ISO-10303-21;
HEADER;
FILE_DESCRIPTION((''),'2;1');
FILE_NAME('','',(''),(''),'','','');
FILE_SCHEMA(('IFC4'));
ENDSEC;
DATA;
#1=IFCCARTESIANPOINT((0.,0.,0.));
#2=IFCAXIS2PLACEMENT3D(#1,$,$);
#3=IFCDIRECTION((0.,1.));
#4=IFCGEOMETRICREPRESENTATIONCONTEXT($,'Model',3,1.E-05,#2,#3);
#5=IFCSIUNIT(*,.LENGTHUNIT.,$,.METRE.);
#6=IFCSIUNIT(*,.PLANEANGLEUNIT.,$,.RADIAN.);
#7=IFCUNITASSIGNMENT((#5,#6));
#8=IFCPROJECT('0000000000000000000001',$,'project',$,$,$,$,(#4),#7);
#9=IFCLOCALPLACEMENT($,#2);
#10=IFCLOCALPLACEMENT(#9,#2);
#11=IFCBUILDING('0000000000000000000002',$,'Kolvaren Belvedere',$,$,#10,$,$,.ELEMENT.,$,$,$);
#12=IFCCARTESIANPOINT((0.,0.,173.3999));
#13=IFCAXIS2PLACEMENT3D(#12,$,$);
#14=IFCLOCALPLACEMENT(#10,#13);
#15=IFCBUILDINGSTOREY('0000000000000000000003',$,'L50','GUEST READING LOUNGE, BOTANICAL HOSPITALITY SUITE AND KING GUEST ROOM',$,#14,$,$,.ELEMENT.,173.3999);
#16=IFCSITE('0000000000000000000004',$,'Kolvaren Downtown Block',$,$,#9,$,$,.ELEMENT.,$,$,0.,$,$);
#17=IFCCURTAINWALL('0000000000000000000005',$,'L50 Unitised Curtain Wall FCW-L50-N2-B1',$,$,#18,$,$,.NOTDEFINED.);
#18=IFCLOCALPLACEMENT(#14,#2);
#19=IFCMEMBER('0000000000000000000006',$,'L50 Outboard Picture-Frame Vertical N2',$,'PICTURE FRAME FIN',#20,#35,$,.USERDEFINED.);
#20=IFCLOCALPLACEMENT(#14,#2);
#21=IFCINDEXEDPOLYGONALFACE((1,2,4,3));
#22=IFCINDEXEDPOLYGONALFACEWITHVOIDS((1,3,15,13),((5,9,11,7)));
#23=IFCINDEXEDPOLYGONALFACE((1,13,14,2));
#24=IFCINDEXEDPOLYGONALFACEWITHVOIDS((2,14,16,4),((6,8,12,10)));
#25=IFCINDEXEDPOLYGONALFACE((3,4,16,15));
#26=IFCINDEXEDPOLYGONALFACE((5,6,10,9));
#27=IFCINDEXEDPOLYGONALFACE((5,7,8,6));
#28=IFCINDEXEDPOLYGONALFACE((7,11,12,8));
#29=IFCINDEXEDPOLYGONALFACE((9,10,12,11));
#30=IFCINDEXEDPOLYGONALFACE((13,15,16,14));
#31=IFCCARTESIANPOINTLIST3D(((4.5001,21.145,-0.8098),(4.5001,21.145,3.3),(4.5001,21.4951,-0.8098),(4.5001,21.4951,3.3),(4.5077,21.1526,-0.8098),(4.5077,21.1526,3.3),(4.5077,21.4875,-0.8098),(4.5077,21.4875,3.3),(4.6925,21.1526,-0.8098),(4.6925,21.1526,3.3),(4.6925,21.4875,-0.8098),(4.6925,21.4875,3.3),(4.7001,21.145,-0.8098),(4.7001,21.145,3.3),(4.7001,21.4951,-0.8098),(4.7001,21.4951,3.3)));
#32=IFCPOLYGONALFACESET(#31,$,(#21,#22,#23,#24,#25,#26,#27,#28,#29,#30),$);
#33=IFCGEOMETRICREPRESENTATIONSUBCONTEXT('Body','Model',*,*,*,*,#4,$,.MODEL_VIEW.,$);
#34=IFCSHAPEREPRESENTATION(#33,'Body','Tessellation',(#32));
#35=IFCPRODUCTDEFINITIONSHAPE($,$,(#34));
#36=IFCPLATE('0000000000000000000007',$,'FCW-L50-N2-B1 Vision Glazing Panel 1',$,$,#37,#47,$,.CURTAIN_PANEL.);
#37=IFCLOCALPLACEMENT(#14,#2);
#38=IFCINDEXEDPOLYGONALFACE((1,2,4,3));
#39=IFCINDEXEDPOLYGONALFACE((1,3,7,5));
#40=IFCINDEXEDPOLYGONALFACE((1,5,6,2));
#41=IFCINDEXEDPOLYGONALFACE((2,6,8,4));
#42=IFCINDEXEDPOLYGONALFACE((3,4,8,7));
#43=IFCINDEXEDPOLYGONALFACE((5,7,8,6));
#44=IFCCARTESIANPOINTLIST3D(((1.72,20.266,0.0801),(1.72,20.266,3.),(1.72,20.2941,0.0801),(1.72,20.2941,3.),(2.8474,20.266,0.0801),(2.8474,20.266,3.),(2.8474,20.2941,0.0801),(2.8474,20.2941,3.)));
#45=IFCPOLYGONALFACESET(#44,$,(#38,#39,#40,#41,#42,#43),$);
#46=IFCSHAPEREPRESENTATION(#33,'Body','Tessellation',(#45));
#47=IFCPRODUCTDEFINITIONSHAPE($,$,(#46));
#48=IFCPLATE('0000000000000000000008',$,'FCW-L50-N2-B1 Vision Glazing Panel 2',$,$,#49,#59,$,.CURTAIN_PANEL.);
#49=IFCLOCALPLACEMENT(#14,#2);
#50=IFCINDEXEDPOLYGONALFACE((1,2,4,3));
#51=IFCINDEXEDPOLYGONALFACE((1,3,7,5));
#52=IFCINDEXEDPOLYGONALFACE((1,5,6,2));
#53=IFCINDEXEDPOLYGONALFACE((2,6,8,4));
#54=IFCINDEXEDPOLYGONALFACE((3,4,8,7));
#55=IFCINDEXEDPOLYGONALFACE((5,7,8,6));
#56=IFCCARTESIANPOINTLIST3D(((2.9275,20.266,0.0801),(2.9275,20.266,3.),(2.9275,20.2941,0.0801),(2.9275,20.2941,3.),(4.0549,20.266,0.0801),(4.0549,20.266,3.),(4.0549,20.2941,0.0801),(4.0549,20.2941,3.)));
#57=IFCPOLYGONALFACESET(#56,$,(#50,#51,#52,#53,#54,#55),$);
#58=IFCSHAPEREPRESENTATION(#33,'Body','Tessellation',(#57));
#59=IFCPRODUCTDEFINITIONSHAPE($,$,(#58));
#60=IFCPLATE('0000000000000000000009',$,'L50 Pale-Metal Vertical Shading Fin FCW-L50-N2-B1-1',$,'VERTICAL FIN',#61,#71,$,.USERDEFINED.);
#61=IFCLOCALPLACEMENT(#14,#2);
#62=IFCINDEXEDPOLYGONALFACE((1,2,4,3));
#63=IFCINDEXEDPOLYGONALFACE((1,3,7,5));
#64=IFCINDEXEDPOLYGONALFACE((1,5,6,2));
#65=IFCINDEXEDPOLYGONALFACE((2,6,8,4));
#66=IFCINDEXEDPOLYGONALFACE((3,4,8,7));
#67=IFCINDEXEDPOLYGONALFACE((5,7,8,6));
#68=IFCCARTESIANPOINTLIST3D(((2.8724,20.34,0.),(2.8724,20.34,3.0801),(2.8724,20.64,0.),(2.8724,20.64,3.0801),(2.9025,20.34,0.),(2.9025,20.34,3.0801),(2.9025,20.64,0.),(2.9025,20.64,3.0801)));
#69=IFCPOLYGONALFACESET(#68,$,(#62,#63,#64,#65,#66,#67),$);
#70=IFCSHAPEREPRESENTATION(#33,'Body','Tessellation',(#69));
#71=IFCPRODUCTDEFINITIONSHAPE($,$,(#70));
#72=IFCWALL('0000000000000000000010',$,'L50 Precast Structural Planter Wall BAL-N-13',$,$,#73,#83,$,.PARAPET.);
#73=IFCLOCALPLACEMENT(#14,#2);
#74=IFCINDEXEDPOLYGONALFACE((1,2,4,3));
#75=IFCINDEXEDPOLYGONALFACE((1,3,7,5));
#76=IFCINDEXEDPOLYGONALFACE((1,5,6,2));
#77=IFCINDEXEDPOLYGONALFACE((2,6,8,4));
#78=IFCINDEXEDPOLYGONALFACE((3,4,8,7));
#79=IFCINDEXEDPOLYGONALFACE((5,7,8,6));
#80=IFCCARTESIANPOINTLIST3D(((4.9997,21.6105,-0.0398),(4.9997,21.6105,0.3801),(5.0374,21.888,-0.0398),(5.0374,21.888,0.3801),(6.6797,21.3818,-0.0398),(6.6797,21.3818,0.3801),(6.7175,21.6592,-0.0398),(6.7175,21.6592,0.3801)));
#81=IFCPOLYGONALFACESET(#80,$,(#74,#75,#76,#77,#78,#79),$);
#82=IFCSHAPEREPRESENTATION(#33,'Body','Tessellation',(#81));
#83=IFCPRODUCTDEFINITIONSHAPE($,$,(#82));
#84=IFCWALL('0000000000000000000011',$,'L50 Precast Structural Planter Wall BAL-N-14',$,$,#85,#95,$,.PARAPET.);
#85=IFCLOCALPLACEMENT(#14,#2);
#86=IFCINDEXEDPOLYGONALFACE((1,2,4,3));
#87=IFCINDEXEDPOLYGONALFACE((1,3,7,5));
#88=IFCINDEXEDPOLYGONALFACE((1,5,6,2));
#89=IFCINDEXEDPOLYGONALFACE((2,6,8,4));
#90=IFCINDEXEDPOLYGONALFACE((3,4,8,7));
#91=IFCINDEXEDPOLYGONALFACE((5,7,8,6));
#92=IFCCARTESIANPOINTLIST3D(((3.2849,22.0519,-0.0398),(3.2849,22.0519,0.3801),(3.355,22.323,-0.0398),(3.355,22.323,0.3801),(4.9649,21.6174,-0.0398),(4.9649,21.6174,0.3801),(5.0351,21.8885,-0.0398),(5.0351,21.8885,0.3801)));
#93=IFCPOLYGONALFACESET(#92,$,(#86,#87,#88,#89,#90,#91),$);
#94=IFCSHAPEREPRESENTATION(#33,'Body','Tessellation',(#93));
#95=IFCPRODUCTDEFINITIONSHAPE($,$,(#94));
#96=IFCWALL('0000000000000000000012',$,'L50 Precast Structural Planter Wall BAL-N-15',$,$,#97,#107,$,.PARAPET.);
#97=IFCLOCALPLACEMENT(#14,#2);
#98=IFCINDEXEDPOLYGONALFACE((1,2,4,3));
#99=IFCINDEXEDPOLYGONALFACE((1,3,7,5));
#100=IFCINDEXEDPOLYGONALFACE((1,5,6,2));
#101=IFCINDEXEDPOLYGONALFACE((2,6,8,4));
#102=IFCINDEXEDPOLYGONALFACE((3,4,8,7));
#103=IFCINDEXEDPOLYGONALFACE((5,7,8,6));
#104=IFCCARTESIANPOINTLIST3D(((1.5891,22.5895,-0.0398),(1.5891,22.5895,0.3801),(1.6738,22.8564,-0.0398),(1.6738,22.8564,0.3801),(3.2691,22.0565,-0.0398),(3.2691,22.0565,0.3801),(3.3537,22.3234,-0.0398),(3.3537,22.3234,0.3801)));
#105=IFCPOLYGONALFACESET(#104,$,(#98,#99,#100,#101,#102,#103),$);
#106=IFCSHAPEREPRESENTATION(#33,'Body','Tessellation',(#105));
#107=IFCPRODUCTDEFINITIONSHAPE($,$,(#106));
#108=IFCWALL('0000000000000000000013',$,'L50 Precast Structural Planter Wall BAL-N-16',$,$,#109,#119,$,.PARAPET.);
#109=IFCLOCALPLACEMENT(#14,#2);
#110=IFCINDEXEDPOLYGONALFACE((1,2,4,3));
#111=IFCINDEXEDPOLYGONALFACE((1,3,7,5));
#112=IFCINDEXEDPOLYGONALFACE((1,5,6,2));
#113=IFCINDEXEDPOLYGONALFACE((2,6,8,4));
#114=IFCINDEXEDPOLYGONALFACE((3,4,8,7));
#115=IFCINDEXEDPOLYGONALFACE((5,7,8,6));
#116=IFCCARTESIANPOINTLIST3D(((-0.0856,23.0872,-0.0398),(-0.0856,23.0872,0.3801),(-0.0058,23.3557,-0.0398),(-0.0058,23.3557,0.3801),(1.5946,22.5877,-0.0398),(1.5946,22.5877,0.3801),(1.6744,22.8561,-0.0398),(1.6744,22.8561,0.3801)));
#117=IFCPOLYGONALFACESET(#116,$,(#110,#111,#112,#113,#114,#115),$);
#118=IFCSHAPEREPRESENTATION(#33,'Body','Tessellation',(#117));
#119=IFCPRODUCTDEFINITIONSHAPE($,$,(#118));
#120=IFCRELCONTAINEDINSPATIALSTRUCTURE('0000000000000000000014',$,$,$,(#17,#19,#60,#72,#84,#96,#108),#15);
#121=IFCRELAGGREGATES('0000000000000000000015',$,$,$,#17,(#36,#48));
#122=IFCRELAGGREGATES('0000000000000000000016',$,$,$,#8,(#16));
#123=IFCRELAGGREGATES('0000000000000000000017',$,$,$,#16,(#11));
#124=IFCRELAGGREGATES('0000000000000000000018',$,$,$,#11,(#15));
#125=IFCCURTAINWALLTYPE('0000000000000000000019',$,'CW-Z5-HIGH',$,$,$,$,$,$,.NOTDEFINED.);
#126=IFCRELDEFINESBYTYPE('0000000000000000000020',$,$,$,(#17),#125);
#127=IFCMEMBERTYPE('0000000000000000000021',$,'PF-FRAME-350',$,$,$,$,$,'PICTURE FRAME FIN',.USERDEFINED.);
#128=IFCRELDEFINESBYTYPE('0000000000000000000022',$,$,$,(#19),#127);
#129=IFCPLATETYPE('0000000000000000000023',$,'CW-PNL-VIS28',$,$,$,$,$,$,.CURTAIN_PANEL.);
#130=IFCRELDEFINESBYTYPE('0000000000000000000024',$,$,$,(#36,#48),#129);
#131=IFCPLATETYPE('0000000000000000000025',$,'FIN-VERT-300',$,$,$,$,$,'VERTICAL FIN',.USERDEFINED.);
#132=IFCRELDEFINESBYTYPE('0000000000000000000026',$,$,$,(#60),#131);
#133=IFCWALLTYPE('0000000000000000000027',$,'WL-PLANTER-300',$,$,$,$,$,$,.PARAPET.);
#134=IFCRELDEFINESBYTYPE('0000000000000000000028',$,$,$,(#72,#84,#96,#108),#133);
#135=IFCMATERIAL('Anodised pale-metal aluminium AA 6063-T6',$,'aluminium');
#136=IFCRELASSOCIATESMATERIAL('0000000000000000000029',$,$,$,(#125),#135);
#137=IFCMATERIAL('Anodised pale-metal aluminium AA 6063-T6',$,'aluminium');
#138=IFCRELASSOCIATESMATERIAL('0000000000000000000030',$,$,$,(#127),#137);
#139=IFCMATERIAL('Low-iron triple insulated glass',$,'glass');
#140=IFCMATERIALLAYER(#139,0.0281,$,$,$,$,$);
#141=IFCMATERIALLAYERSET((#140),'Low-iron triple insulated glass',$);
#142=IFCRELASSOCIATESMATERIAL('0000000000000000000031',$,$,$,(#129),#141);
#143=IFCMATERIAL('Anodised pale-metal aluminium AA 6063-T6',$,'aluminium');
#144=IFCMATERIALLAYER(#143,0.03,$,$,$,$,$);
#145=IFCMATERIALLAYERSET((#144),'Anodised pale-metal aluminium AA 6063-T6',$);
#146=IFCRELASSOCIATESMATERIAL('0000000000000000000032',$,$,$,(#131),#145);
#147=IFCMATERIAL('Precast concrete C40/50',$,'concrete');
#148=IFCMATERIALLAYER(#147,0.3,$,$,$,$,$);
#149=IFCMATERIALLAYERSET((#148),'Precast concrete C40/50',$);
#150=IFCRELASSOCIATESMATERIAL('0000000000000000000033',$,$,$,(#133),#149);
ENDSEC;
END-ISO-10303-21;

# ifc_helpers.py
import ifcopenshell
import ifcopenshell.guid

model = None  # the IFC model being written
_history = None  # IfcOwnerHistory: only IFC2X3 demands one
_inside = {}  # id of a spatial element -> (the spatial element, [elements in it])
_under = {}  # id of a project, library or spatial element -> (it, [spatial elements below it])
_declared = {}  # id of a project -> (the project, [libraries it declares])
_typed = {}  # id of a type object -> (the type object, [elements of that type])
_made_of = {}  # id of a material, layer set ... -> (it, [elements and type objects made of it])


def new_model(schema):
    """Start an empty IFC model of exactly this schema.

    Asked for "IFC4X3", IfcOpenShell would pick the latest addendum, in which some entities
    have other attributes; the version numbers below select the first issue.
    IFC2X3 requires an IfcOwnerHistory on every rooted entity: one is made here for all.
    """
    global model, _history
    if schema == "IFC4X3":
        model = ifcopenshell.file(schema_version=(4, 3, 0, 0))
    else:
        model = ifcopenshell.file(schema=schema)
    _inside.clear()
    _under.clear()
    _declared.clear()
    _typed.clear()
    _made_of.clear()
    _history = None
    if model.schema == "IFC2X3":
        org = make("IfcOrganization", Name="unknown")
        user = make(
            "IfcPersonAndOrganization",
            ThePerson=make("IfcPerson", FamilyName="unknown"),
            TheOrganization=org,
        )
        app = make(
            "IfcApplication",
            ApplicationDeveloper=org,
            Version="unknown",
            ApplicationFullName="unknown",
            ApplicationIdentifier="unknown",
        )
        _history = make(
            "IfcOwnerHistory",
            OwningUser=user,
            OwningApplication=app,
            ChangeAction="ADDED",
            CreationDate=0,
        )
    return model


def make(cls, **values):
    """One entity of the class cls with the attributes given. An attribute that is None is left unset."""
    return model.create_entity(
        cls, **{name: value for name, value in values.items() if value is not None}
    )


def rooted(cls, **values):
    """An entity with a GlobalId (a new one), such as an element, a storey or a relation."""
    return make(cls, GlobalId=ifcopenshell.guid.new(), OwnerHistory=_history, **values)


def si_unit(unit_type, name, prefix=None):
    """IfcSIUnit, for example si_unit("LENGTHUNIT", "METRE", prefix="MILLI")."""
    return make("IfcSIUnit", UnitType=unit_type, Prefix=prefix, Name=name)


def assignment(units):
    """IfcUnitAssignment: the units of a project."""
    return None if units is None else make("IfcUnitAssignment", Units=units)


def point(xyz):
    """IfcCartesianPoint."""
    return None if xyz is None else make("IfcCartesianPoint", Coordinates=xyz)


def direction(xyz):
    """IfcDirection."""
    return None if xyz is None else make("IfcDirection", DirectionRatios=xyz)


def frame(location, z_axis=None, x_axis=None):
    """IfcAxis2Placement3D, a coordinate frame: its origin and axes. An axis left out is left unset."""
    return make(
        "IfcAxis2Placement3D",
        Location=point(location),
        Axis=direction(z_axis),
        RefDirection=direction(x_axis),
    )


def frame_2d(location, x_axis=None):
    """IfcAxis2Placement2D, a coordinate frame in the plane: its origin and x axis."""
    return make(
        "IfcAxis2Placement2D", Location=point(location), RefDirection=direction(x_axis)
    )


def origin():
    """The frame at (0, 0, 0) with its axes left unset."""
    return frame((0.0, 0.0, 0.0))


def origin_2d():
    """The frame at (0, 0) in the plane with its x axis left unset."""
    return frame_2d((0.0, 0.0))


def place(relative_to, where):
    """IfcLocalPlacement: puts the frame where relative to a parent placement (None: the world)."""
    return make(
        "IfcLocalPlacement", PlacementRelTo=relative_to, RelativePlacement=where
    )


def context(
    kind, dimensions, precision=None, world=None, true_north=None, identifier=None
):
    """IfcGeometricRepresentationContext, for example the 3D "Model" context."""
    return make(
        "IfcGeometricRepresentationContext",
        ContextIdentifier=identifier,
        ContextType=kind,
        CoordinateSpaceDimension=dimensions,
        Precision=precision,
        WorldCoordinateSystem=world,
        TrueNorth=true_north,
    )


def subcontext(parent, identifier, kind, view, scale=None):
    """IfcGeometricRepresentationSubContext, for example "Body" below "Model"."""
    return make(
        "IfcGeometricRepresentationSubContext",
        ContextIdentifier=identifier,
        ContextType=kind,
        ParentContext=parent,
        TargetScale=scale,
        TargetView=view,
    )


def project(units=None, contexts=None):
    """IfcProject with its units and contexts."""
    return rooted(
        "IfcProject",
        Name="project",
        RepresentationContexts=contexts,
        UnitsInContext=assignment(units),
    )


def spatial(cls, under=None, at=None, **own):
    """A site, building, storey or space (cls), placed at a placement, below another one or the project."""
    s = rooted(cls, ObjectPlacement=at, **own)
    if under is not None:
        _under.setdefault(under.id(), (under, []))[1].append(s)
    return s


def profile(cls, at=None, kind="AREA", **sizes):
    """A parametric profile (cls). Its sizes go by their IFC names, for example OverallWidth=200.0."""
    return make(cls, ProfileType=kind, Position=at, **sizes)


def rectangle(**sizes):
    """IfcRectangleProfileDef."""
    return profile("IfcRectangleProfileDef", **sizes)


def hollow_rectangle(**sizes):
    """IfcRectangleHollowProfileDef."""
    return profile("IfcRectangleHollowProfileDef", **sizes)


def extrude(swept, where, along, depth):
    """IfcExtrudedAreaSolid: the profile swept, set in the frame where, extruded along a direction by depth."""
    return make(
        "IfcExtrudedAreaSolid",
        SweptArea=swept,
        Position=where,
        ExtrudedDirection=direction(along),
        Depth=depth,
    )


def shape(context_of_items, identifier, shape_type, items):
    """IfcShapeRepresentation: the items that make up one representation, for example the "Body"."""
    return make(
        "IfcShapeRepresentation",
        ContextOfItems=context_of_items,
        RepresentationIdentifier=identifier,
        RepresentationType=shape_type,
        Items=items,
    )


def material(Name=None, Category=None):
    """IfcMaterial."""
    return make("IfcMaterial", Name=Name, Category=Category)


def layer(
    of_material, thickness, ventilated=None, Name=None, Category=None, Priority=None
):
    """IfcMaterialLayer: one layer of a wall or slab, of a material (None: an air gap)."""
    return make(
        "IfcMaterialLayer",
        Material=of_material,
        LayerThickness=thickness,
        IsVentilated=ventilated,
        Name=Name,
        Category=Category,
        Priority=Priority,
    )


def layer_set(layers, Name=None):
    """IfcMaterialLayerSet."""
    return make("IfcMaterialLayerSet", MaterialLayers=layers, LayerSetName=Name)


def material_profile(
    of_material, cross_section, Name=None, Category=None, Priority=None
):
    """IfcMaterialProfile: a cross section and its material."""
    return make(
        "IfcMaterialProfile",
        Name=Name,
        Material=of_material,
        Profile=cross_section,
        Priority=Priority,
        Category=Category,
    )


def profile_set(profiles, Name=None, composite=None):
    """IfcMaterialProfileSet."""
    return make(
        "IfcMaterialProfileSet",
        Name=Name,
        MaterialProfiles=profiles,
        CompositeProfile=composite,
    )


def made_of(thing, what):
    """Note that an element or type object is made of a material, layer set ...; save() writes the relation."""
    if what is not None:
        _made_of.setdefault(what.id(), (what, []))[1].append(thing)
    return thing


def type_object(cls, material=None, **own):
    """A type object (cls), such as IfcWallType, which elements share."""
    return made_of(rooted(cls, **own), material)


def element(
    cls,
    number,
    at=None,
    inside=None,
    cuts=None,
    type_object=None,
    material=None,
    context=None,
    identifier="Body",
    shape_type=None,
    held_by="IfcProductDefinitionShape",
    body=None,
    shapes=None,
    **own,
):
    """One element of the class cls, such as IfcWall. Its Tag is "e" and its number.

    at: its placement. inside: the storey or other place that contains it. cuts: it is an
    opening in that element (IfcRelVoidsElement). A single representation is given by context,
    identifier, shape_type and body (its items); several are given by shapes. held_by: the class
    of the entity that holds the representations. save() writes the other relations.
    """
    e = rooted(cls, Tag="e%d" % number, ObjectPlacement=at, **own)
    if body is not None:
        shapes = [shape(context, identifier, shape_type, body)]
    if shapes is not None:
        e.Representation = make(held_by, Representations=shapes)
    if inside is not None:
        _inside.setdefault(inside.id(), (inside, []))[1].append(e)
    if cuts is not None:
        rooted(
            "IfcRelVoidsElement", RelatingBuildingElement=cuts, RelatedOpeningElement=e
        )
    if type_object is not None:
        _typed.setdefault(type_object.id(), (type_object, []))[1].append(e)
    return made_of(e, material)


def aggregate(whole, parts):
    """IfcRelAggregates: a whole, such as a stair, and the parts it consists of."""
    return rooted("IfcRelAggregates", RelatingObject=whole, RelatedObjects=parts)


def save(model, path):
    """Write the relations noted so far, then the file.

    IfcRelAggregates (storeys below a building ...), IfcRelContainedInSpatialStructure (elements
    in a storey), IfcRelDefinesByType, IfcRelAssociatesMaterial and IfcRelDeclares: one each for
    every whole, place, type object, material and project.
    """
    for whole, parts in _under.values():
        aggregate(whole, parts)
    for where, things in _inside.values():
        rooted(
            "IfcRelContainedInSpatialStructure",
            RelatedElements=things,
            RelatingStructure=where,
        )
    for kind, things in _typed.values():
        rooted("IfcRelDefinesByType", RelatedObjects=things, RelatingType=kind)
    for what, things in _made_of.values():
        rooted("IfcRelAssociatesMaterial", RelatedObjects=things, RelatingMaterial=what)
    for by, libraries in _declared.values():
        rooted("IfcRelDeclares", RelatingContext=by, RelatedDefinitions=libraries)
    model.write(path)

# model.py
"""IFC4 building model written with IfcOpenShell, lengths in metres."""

from ifc_helpers import new_model, si_unit, direction, frame, frame_2d, origin, origin_2d, place, context, subcontext, project, spatial, rectangle, hollow_rectangle, extrude, material, layer, layer_set, material_profile, profile_set, type_object, element, aggregate, save


model = new_model("IFC4")

# Units and contexts
model_context = context("Model", 3, precision=1e-05, world=origin(), true_north=direction((0.0, 1.0)))
body_context = subcontext(model_context, "Body", "Model", "MODEL_VIEW")
ifc_project = project(units=[si_unit("LENGTHUNIT", "METRE"), si_unit("PLANEANGLEUNIT", "RADIAN")], contexts=[model_context])

# Site, building, storey
site_placement = place(None, origin())
site = spatial("IfcSite", under=ifc_project, at=site_placement, Name="Kolvaren Downtown Block", CompositionType="ELEMENT", RefElevation=0.0)
building_placement = place(site_placement, origin())
building = spatial("IfcBuilding", under=site, at=building_placement, Name="Kolvaren Belvedere", CompositionType="ELEMENT")
storey_placement = place(building_placement, frame((0.0, 0.0, 173.3999)))
storey = spatial("IfcBuildingStorey", under=building, at=storey_placement, Name="L50", Description="GUEST READING LOUNGE, BOTANICAL HOSPITALITY SUITE AND KING GUEST ROOM", CompositionType="ELEMENT", Elevation=173.3999)

# Curtain wall
ifc_material_1 = material(Name="Anodised pale-metal aluminium AA 6063-T6", Category="aluminium")
curtain_wall_type = type_object("IfcCurtainWallType", Name="CW-Z5-HIGH", PredefinedType="NOTDEFINED", material=ifc_material_1)
curtain_wall_1_placement = place(storey_placement, origin())
curtain_wall_1 = element("IfcCurtainWall", 1, at=curtain_wall_1_placement, inside=storey, type_object=curtain_wall_type, Name="L50 Unitised Curtain Wall FCW-L50-N2-B1", PredefinedType="NOTDEFINED")

# Member
ifc_material_2 = material(Name="Anodised pale-metal aluminium AA 6063-T6", Category="aluminium")
ifc_material_profile_1 = material_profile(ifc_material_2, hollow_rectangle(XDim=0.2, YDim=0.3501, WallThickness=0.0076, at=origin_2d()), Name="ALU-PF-350X200")
ifc_profile_set_1 = profile_set([ifc_material_profile_1], Name="Anodised pale-metal aluminium AA 6063-T6")
member_type_1 = type_object("IfcMemberType", Name="PF-FRAME-350", ElementType="PICTURE FRAME FIN", PredefinedType="USERDEFINED", material=ifc_profile_set_1)
member_1_placement = place(storey_placement, frame((4.6001, 21.3201, -0.8098), z_axis=(0.0, 0.0, 1.0), x_axis=(1.0, 0.0, 0.0)))
element("IfcMember", 2, at=member_1_placement, inside=storey, type_object=member_type_1, Name="L50 Outboard Picture-Frame Vertical N2", ObjectType="PICTURE FRAME FIN", PredefinedType="USERDEFINED", context=body_context, shape_type="SweptSolid", body=[
    extrude(hollow_rectangle(XDim=0.2, YDim=0.3501, WallThickness=0.0076, at=origin_2d()), origin(), (0.0, 0.0, 1.0), 4.1099),
])

# Plates
ifc_material_3 = material(Name="Low-iron triple insulated glass", Category="glass")
ifc_layer_1 = layer(ifc_material_3, 0.0281)
ifc_layer_set_1 = layer_set([ifc_layer_1], Name="Low-iron triple insulated glass")
plate_type_1 = type_object("IfcPlateType", Name="CW-PNL-VIS28", PredefinedType="CURTAIN_PANEL", material=ifc_layer_set_1)
plate_1_placement = place(storey_placement, frame((2.2837, 20.28, 0.0801), z_axis=(0.0, 0.0, 1.0), x_axis=(1.0, 0.0, 0.0)))
plate_1 = element("IfcPlate", 3, at=plate_1_placement, type_object=plate_type_1, Name="FCW-L50-N2-B1 Vision Glazing Panel 1", PredefinedType="CURTAIN_PANEL", context=body_context, shape_type="SweptSolid", body=[
    extrude(rectangle(XDim=1.1274, YDim=0.0281, at=origin_2d()), origin(), (0.0, 0.0, 1.0), 2.9199),
])
plate_2_placement = place(storey_placement, frame((3.4912, 20.28, 0.0801), z_axis=(0.0, 0.0, 1.0), x_axis=(1.0, 0.0, 0.0)))
plate_2 = element("IfcPlate", 4, at=plate_2_placement, type_object=plate_type_1, Name="FCW-L50-N2-B1 Vision Glazing Panel 2", PredefinedType="CURTAIN_PANEL", context=body_context, shape_type="SweptSolid", body=[
    extrude(rectangle(XDim=1.1274, YDim=0.0281, at=origin_2d()), origin(), (0.0, 0.0, 1.0), 2.9199),
])
aggregate(curtain_wall_1, [plate_1, plate_2])
ifc_material_4 = material(Name="Anodised pale-metal aluminium AA 6063-T6", Category="aluminium")
ifc_layer_2 = layer(ifc_material_4, 0.03)
ifc_layer_set_2 = layer_set([ifc_layer_2], Name="Anodised pale-metal aluminium AA 6063-T6")
plate_type_2 = type_object("IfcPlateType", Name="FIN-VERT-300", ElementType="VERTICAL FIN", PredefinedType="USERDEFINED", material=ifc_layer_set_2)
plate_3_placement = place(storey_placement, frame((2.8875, 20.49, 0.0), z_axis=(0.0, 0.0, 1.0), x_axis=(0.0, 1.0, 0.0)))
element("IfcPlate", 5, at=plate_3_placement, inside=storey, type_object=plate_type_2, Name="L50 Pale-Metal Vertical Shading Fin FCW-L50-N2-B1-1", ObjectType="VERTICAL FIN", PredefinedType="USERDEFINED", context=body_context, shape_type="SweptSolid", body=[
    extrude(rectangle(XDim=0.3, YDim=0.03, at=origin_2d()), origin(), (0.0, 0.0, 1.0), 3.0801),
])

# Walls
ifc_material_5 = material(Name="Precast concrete C40/50", Category="concrete")
ifc_layer_3 = layer(ifc_material_5, 0.3)
ifc_layer_set_3 = layer_set([ifc_layer_3], Name="Precast concrete C40/50")
wall_type = type_object("IfcWallType", Name="WL-PLANTER-300", PredefinedType="PARAPET", material=ifc_layer_set_3)
wall_1_placement = place(storey_placement, frame((6.6985, 21.5205, -0.0398), z_axis=(0.0, 0.0, 1.0), x_axis=(-0.990858, 0.134908, 0.0)))
element("IfcWall", 6, at=wall_1_placement, inside=storey, type_object=wall_type, Name="L50 Precast Structural Planter Wall BAL-N-13", PredefinedType="PARAPET", context=body_context, shape_type="SweptSolid", body=[
    extrude(rectangle(XDim=1.6956, YDim=0.28, at=frame_2d((0.8477, 0.0))), origin(), (0.0, 0.0, 1.0), 0.4199),
])
wall_2_placement = place(storey_placement, frame((5.0, 21.7529, -0.0398), z_axis=(0.0, 0.0, 1.0), x_axis=(-0.968141, 0.250406, 0.0)))
element("IfcWall", 7, at=wall_2_placement, inside=storey, type_object=wall_type, Name="L50 Precast Structural Planter Wall BAL-N-14", PredefinedType="PARAPET", context=body_context, shape_type="SweptSolid", body=[
    extrude(rectangle(XDim=1.7354, YDim=0.28, at=frame_2d((0.8677, 0.0))), origin(), (0.0, 0.0, 1.0), 0.4199),
])
wall_3_placement = place(storey_placement, frame((3.3115, 22.1899, -0.0398), z_axis=(0.0, 0.0, 1.0), x_axis=(-0.953182, 0.302397, 0.0)))
element("IfcWall", 8, at=wall_3_placement, inside=storey, type_object=wall_type, Name="L50 Precast Structural Planter Wall BAL-N-15", PredefinedType="PARAPET", context=body_context, shape_type="SweptSolid", body=[
    extrude(rectangle(XDim=1.7625, YDim=0.28, at=frame_2d((0.8813, 0.0))), origin(), (0.0, 0.0, 1.0), 0.4199),
])
wall_4_placement = place(storey_placement, frame((1.6345, 22.7219, -0.0398), z_axis=(0.0, 0.0, 1.0), x_axis=(-0.958536, 0.28497, 0.0)))
element("IfcWall", 9, at=wall_4_placement, inside=storey, type_object=wall_type, Name="L50 Precast Structural Planter Wall BAL-N-16", PredefinedType="PARAPET", context=body_context, shape_type="SweptSolid", body=[
    extrude(rectangle(XDim=1.7529, YDim=0.28, at=frame_2d((0.8765, 0.0))), origin(), (0.0, 0.0, 1.0), 0.4199),
])

save(model, "model.ifc")
